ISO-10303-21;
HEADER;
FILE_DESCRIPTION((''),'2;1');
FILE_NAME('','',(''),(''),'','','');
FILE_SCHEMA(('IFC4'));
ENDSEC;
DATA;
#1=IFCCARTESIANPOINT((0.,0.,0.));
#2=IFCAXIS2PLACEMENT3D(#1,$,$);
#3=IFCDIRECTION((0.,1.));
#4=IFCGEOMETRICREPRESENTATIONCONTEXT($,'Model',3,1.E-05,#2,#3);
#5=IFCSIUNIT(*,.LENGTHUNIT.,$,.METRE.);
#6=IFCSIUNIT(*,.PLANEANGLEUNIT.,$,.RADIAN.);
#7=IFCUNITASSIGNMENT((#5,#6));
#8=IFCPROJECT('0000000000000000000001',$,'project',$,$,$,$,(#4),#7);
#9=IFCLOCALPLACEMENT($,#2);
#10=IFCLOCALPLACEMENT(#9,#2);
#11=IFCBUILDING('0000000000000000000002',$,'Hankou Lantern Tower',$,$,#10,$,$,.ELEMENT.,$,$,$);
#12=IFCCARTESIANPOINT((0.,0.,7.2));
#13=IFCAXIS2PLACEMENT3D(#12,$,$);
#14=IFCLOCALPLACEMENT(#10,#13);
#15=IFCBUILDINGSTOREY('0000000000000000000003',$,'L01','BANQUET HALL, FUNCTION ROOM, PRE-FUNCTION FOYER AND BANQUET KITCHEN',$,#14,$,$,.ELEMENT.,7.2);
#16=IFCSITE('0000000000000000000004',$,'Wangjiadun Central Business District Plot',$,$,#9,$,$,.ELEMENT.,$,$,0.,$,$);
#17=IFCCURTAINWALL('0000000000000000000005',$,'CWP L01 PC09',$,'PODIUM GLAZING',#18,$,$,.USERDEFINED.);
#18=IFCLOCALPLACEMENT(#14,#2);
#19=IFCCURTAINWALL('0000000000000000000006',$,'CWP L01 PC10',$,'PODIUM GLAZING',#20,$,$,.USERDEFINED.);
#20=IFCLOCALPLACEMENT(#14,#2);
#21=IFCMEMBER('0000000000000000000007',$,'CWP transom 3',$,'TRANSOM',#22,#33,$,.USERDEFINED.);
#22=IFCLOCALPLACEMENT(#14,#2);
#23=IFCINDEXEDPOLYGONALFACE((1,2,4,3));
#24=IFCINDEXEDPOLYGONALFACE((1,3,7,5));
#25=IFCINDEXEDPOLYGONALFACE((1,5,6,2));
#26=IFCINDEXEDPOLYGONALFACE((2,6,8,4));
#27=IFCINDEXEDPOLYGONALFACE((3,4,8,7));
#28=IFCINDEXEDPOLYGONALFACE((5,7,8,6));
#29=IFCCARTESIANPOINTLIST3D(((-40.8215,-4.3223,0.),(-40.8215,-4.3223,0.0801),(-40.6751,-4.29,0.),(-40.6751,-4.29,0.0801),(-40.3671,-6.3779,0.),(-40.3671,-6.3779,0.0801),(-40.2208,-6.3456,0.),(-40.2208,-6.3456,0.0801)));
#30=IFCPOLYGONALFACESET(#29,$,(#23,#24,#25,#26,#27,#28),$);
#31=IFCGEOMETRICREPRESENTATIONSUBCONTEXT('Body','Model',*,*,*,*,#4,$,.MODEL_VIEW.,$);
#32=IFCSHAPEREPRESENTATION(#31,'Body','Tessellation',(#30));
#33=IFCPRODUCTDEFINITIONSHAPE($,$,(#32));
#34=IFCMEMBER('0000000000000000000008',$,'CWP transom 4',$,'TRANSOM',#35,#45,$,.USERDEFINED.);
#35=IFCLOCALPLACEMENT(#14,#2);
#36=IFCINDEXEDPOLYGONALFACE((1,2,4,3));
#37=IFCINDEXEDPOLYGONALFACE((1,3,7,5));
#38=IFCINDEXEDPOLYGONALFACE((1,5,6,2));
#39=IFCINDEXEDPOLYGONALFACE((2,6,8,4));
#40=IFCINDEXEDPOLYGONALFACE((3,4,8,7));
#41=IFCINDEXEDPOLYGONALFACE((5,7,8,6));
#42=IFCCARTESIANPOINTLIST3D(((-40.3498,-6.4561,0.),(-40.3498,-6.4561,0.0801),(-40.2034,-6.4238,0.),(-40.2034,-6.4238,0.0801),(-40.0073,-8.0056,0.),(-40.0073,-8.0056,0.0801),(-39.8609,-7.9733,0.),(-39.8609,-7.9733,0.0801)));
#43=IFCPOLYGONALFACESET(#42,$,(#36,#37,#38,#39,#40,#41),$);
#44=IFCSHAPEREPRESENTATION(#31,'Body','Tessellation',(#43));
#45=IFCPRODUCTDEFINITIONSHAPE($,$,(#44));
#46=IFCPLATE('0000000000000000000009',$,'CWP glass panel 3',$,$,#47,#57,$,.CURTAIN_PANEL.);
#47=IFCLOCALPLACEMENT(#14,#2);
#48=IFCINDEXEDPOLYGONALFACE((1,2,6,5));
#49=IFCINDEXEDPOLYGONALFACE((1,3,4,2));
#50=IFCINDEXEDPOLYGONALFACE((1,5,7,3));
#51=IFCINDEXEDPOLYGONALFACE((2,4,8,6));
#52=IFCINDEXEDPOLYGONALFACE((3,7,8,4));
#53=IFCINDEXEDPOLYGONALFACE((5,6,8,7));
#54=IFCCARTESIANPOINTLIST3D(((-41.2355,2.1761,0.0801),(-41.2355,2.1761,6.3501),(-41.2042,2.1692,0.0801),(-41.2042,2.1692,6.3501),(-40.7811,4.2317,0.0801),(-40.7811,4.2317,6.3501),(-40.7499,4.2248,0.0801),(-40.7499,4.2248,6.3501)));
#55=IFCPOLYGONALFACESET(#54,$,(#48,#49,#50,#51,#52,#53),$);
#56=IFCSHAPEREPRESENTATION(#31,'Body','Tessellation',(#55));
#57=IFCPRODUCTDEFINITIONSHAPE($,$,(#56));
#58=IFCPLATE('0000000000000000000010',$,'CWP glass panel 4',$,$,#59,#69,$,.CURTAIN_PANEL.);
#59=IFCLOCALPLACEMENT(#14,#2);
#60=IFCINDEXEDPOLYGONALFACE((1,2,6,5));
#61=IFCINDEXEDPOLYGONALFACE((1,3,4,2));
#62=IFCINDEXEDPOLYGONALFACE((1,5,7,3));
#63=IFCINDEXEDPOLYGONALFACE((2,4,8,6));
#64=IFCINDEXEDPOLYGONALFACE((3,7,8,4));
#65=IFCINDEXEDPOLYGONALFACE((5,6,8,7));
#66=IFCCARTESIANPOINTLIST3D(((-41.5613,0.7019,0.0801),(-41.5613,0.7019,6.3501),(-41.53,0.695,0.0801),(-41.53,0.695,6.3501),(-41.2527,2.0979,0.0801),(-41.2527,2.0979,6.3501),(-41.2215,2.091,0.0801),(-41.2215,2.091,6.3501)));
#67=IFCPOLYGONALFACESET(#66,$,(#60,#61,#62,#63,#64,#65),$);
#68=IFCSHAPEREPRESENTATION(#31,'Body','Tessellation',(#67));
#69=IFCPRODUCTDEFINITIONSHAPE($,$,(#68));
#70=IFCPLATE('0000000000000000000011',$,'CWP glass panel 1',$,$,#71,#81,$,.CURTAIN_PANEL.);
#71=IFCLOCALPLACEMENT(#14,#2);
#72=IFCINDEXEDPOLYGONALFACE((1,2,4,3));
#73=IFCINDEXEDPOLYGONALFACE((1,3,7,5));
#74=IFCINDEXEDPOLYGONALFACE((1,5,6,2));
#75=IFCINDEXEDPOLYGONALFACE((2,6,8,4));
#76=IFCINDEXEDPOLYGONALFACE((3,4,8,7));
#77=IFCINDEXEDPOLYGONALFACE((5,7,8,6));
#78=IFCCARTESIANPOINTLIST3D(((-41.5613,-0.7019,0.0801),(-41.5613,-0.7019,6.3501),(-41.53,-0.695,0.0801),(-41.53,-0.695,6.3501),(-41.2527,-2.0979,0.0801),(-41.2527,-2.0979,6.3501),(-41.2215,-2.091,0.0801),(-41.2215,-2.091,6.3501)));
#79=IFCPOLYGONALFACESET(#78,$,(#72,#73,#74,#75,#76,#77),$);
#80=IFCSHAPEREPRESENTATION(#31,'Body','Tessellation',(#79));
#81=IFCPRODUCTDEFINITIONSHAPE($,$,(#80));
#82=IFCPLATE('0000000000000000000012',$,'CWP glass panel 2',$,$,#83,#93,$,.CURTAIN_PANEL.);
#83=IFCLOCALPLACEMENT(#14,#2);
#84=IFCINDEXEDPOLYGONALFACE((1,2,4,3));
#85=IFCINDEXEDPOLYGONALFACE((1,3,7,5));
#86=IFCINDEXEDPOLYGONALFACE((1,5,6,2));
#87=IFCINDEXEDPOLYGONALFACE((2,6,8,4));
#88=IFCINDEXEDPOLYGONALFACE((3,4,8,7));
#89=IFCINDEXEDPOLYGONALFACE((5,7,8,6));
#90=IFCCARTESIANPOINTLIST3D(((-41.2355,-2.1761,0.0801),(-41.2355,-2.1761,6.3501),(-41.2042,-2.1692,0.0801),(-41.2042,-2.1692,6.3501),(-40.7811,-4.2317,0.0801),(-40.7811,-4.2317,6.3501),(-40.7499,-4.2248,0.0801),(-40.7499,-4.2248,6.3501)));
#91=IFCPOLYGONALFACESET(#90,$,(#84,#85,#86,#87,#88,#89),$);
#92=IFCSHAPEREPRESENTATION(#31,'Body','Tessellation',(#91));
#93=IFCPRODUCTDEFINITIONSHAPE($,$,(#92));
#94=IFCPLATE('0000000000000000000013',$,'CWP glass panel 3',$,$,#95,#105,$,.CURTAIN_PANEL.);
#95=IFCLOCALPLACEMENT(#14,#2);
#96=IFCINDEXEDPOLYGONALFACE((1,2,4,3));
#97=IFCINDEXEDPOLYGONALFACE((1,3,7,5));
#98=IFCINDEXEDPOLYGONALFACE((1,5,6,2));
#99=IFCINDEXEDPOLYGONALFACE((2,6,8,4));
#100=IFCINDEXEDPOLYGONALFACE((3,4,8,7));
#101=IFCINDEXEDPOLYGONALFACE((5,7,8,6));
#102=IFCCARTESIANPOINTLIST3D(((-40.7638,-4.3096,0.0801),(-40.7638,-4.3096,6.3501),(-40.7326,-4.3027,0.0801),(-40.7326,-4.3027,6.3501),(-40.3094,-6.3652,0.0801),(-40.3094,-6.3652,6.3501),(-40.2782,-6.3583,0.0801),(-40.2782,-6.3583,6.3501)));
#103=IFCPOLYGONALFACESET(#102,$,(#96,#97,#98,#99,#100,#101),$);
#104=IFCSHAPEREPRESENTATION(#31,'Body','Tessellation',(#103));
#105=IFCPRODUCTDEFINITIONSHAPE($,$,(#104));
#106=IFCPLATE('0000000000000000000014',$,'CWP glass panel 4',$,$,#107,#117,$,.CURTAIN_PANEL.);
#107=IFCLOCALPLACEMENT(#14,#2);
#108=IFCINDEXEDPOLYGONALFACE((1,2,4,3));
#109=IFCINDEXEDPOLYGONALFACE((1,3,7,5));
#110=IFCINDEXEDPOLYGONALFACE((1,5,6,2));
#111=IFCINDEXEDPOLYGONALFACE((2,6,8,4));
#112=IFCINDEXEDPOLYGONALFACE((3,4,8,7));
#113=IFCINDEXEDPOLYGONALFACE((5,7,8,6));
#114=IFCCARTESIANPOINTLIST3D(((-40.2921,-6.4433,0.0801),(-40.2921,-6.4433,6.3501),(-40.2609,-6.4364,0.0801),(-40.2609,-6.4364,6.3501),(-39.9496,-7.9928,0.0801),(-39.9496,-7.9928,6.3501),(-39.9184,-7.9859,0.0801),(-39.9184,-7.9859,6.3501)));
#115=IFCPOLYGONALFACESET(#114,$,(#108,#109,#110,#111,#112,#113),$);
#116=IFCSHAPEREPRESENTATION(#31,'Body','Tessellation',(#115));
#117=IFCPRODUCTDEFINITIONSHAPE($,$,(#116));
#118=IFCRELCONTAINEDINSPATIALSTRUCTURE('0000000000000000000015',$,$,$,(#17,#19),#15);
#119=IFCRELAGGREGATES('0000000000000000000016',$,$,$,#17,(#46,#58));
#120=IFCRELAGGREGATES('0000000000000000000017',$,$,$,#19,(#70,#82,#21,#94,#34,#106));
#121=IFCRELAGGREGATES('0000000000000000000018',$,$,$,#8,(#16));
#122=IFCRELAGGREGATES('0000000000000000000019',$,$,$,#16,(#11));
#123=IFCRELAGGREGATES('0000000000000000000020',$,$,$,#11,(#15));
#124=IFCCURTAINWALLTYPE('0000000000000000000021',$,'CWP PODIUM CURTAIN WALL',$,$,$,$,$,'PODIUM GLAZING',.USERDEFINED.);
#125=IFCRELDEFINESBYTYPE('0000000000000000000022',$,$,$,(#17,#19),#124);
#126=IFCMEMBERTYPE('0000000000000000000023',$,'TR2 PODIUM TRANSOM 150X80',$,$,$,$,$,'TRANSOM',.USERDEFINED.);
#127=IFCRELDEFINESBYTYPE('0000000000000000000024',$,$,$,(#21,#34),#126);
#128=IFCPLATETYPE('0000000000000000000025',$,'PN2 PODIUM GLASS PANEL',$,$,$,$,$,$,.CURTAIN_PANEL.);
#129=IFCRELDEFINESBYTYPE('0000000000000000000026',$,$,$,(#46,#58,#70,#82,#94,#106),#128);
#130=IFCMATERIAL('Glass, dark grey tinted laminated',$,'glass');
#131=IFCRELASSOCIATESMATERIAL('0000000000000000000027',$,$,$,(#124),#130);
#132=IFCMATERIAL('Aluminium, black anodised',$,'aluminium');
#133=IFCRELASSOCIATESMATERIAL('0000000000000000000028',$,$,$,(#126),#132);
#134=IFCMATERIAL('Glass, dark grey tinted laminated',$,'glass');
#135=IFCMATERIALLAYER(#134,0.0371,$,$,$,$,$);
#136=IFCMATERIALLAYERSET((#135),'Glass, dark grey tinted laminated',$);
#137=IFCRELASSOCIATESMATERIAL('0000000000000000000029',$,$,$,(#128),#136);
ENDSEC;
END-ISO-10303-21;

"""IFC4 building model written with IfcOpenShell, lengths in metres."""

from ifc_helpers import new_model, si_unit, direction, frame, origin, origin_2d, place, context, subcontext, project, spatial, rectangle, extrude, material, layer, layer_set, material_profile, profile_set, type_object, element, aggregate, save


model = new_model("IFC4")

# Units and contexts
model_context = context("Model", 3, precision=1e-05, world=origin(), true_north=direction((0.0, 1.0)))
body_context = subcontext(model_context, "Body", "Model", "MODEL_VIEW")
ifc_project = project(units=[si_unit("LENGTHUNIT", "METRE"), si_unit("PLANEANGLEUNIT", "RADIAN")], contexts=[model_context])

# Site, building, storey
site_placement = place(None, origin())
site = spatial("IfcSite", under=ifc_project, at=site_placement, Name="Wangjiadun Central Business District Plot", CompositionType="ELEMENT", RefElevation=0.0)
building_placement = place(site_placement, origin())
building = spatial("IfcBuilding", under=site, at=building_placement, Name="Hankou Lantern Tower", CompositionType="ELEMENT")
storey_placement = place(building_placement, frame((0.0, 0.0, 7.2)))
storey = spatial("IfcBuildingStorey", under=building, at=storey_placement, Name="L01", Description="BANQUET HALL, FUNCTION ROOM, PRE-FUNCTION FOYER AND BANQUET KITCHEN", CompositionType="ELEMENT", Elevation=7.2)

# Curtain walls
ifc_material_1 = material(Name="Glass, dark grey tinted laminated", Category="glass")
curtain_wall_type = type_object("IfcCurtainWallType", Name="CWP PODIUM CURTAIN WALL", ElementType="PODIUM GLAZING", PredefinedType="USERDEFINED", material=ifc_material_1)
curtain_wall_1_placement = place(storey_placement, origin())
curtain_wall_1 = element("IfcCurtainWall", 1, at=curtain_wall_1_placement, inside=storey, type_object=curtain_wall_type, Name="CWP L01 PC09", ObjectType="PODIUM GLAZING", PredefinedType="USERDEFINED")
curtain_wall_2_placement = place(storey_placement, origin())
curtain_wall_2 = element("IfcCurtainWall", 2, at=curtain_wall_2_placement, inside=storey, type_object=curtain_wall_type, Name="CWP L01 PC10", ObjectType="PODIUM GLAZING", PredefinedType="USERDEFINED")

# Members
ifc_material_2 = material(Name="Aluminium, black anodised", Category="aluminium")
ifc_material_profile_1 = material_profile(ifc_material_2, rectangle(XDim=0.1499, YDim=0.0801, at=origin_2d()), Name="TR2 150X80")
ifc_profile_set_1 = profile_set([ifc_material_profile_1], Name="Aluminium, black anodised")
member_type_1 = type_object("IfcMemberType", Name="TR2 PODIUM TRANSOM 150X80", ElementType="TRANSOM", PredefinedType="USERDEFINED", material=ifc_profile_set_1)
member_1_placement = place(storey_placement, frame((-40.7483, -4.3062, 0.04), z_axis=(0.215813, -0.976435, 0.0), x_axis=(0.976435, 0.215813, 0.0)))
member_1 = element("IfcMember", 3, at=member_1_placement, type_object=member_type_1, Name="CWP transom 3", ObjectType="TRANSOM", PredefinedType="USERDEFINED", context=body_context, shape_type="SweptSolid", body=[
    extrude(rectangle(XDim=0.1499, YDim=0.0801, at=origin_2d()), origin(), (0.0, 0.0, 1.0), 2.1052),
])
member_2_placement = place(storey_placement, frame((-40.2766, -6.4399, 0.04), z_axis=(0.215839, -0.976429, 0.0), x_axis=(0.976429, 0.215839, 0.0)))
member_2 = element("IfcMember", 4, at=member_2_placement, type_object=member_type_1, Name="CWP transom 4", ObjectType="TRANSOM", PredefinedType="USERDEFINED", context=body_context, shape_type="SweptSolid", body=[
    extrude(rectangle(XDim=0.1499, YDim=0.0801, at=origin_2d()), origin(), (0.0, 0.0, 1.0), 1.5869),
])

# Plates
ifc_material_3 = material(Name="Glass, dark grey tinted laminated", Category="glass")
ifc_layer = layer(ifc_material_3, 0.0371)
ifc_layer_set = layer_set([ifc_layer], Name="Glass, dark grey tinted laminated")
plate_type = type_object("IfcPlateType", Name="PN2 PODIUM GLASS PANEL", PredefinedType="CURTAIN_PANEL", material=ifc_layer_set)
plate_1_placement = place(storey_placement, frame((-40.9927, 3.2004, 0.0801), z_axis=(0.0, 0.0, 1.0), x_axis=(-0.215821, -0.976433, 0.0)))
plate_1 = element("IfcPlate", 5, at=plate_1_placement, type_object=plate_type, Name="CWP glass panel 3", PredefinedType="CURTAIN_PANEL", context=body_context, shape_type="SweptSolid", body=[
    extrude(rectangle(XDim=2.1052, YDim=0.032, at=origin_2d()), origin(), (0.0, 0.0, 1.0), 6.27),
])
plate_2_placement = place(storey_placement, frame((-41.3914, 1.3965, 0.0801), z_axis=(0.0, 0.0, 1.0), x_axis=(-0.215821, -0.976433, 0.0)))
plate_2 = element("IfcPlate", 6, at=plate_2_placement, type_object=plate_type, Name="CWP glass panel 4", PredefinedType="CURTAIN_PANEL", context=body_context, shape_type="SweptSolid", body=[
    extrude(rectangle(XDim=1.4297, YDim=0.032, at=origin_2d()), origin(), (0.0, 0.0, 1.0), 6.27),
])
aggregate(curtain_wall_1, [plate_1, plate_2])
plate_3_placement = place(storey_placement, frame((-41.3914, -1.3965, 0.0801), z_axis=(0.0, 0.0, 1.0), x_axis=(0.215821, -0.976433, 0.0)))
plate_3 = element("IfcPlate", 7, at=plate_3_placement, type_object=plate_type, Name="CWP glass panel 1", PredefinedType="CURTAIN_PANEL", context=body_context, shape_type="SweptSolid", body=[
    extrude(rectangle(XDim=1.4297, YDim=0.032, at=origin_2d()), origin(), (0.0, 0.0, 1.0), 6.27),
])
plate_4_placement = place(storey_placement, frame((-40.9927, -3.2004, 0.0801), z_axis=(0.0, 0.0, 1.0), x_axis=(0.215821, -0.976433, 0.0)))
plate_4 = element("IfcPlate", 8, at=plate_4_placement, type_object=plate_type, Name="CWP glass panel 2", PredefinedType="CURTAIN_PANEL", context=body_context, shape_type="SweptSolid", body=[
    extrude(rectangle(XDim=2.1052, YDim=0.032, at=origin_2d()), origin(), (0.0, 0.0, 1.0), 6.27),
])
plate_5_placement = place(storey_placement, frame((-40.521, -5.334, 0.0801), z_axis=(0.0, 0.0, 1.0), x_axis=(0.215821, -0.976433, 0.0)))
plate_5 = element("IfcPlate", 9, at=plate_5_placement, type_object=plate_type, Name="CWP glass panel 3", PredefinedType="CURTAIN_PANEL", context=body_context, shape_type="SweptSolid", body=[
    extrude(rectangle(XDim=2.1052, YDim=0.032, at=origin_2d()), origin(), (0.0, 0.0, 1.0), 6.27),
])
plate_6_placement = place(storey_placement, frame((-40.1052, -7.2146, 0.0801), z_axis=(0.0, 0.0, 1.0), x_axis=(0.215821, -0.976433, 0.0)))
plate_6 = element("IfcPlate", 10, at=plate_6_placement, type_object=plate_type, Name="CWP glass panel 4", PredefinedType="CURTAIN_PANEL", context=body_context, shape_type="SweptSolid", body=[
    extrude(rectangle(XDim=1.5869, YDim=0.032, at=origin_2d()), origin(), (0.0, 0.0, 1.0), 6.27),
])
aggregate(curtain_wall_2, [plate_3, plate_4, member_1, plate_5, member_2, plate_6])

save(model, "model.ifc")
